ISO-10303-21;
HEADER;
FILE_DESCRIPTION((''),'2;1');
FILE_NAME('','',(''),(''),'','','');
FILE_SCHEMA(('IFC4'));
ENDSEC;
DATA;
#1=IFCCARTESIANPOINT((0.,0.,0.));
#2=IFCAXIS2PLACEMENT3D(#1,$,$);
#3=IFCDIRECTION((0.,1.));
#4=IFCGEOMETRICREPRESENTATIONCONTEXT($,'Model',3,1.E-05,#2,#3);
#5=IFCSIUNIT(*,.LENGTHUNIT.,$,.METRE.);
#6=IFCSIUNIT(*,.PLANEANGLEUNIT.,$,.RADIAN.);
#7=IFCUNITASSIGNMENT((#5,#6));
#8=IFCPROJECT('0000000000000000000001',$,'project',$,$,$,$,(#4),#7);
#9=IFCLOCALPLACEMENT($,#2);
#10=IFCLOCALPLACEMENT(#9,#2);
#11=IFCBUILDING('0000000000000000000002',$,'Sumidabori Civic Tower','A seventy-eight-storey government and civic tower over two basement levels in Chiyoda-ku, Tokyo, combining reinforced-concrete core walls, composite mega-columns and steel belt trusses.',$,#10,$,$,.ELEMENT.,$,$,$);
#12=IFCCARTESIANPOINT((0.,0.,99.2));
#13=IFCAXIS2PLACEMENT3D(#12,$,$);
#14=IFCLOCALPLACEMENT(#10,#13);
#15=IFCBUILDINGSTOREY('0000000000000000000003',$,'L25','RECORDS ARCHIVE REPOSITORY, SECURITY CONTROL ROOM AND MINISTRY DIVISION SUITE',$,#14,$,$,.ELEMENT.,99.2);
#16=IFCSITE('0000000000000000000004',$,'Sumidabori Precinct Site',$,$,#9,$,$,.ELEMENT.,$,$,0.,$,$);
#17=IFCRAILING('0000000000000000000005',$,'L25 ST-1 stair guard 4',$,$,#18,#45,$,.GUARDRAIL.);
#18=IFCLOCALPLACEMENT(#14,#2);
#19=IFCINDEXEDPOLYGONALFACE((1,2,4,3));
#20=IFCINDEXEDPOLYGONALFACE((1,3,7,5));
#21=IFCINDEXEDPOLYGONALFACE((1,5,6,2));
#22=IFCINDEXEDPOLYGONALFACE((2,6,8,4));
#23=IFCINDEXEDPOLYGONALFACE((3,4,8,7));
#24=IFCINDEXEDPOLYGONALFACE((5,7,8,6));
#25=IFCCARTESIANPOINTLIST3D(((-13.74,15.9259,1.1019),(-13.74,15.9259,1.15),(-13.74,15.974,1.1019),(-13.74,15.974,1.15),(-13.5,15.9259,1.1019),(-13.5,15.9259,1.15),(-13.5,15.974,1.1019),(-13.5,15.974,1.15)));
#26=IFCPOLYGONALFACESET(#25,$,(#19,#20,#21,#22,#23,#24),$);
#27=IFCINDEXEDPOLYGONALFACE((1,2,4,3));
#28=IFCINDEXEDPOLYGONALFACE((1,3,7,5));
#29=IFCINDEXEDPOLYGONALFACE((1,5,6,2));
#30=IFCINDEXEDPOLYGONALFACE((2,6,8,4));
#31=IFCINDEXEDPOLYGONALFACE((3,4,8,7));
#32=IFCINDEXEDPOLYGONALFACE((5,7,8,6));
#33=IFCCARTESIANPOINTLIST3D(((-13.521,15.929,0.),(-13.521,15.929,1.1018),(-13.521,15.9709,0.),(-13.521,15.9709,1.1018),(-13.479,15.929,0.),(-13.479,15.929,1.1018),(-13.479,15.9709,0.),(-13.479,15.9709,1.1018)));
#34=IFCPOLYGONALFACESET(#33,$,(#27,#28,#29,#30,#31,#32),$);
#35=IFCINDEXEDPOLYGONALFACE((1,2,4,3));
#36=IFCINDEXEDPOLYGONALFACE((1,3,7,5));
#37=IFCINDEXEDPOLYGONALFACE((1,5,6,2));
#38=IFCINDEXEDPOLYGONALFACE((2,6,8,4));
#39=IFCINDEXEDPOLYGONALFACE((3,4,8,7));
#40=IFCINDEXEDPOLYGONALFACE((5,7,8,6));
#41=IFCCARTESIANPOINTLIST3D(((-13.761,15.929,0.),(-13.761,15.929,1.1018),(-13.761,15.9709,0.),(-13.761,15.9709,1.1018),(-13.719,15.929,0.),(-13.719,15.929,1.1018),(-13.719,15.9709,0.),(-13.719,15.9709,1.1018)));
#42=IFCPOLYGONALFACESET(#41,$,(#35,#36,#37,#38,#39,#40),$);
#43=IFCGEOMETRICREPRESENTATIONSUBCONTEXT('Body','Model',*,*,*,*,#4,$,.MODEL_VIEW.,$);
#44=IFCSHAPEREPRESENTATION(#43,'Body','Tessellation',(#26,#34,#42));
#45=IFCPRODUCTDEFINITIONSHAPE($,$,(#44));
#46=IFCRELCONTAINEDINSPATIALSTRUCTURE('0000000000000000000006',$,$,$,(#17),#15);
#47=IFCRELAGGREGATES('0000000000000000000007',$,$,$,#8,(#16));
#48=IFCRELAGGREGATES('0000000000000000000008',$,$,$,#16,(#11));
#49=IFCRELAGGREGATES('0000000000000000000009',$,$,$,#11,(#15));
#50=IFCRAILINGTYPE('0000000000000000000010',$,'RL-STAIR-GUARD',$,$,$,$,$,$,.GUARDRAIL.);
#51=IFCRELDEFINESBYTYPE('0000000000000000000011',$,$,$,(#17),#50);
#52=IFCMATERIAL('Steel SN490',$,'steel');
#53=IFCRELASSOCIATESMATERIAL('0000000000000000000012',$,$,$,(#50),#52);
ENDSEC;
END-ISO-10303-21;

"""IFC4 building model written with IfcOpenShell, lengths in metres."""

from ifc_helpers import new_model, si_unit, direction, frame, origin, origin_2d, place, context, subcontext, project, spatial, rectangle, extrude, material, type_object, element, save


model = new_model("IFC4")

# Units and contexts
model_context = context("Model", 3, precision=1e-05, world=origin(), true_north=direction((0.0, 1.0)))
body_context = subcontext(model_context, "Body", "Model", "MODEL_VIEW")
ifc_project = project(units=[si_unit("LENGTHUNIT", "METRE"), si_unit("PLANEANGLEUNIT", "RADIAN")], contexts=[model_context])

# Site, building, storey
site_placement = place(None, origin())
site = spatial("IfcSite", under=ifc_project, at=site_placement, Name="Sumidabori Precinct Site", CompositionType="ELEMENT", RefElevation=0.0)
building_placement = place(site_placement, origin())
building = spatial("IfcBuilding", under=site, at=building_placement, Name="Sumidabori Civic Tower", Description="A seventy-eight-storey government and civic tower over two basement levels in Chiyoda-ku, Tokyo, combining reinforced-concrete core walls, composite mega-columns and steel belt trusses.", CompositionType="ELEMENT")
storey_placement = place(building_placement, frame((0.0, 0.0, 99.2)))
storey = spatial("IfcBuildingStorey", under=building, at=storey_placement, Name="L25", Description="RECORDS ARCHIVE REPOSITORY, SECURITY CONTROL ROOM AND MINISTRY DIVISION SUITE", CompositionType="ELEMENT", Elevation=99.2)

# Shared definitions
ifc_material_1 = material(Name="Steel SN490", Category="steel")

# Railing
railing_type = type_object("IfcRailingType", Name="RL-STAIR-GUARD", PredefinedType="GUARDRAIL", material=ifc_material_1)
railing_1_placement = place(storey_placement, frame((-13.5, 15.95, 0.0)))
element("IfcRailing", 1, at=railing_1_placement, inside=storey, type_object=railing_type, Name="L25 ST-1 stair guard 4", PredefinedType="GUARDRAIL", context=body_context, shape_type="SweptSolid", body=[
    extrude(rectangle(XDim=0.0481, YDim=0.0481, at=origin_2d()), frame((0.0, 0.0, 1.126), z_axis=(-1.0, 0.0, 0.0), x_axis=(0.0, -1.0, 0.0)), (0.0, 0.0, 1.0), 0.24),
    extrude(rectangle(XDim=0.042, YDim=0.042, at=origin_2d()), origin(), (0.0, 0.0, 1.0), 1.1018),
    extrude(rectangle(XDim=0.042, YDim=0.042, at=origin_2d()), frame((-0.24, 0.0, 0.0)), (0.0, 0.0, 1.0), 1.1018),
])

save(model, "model.ifc")
